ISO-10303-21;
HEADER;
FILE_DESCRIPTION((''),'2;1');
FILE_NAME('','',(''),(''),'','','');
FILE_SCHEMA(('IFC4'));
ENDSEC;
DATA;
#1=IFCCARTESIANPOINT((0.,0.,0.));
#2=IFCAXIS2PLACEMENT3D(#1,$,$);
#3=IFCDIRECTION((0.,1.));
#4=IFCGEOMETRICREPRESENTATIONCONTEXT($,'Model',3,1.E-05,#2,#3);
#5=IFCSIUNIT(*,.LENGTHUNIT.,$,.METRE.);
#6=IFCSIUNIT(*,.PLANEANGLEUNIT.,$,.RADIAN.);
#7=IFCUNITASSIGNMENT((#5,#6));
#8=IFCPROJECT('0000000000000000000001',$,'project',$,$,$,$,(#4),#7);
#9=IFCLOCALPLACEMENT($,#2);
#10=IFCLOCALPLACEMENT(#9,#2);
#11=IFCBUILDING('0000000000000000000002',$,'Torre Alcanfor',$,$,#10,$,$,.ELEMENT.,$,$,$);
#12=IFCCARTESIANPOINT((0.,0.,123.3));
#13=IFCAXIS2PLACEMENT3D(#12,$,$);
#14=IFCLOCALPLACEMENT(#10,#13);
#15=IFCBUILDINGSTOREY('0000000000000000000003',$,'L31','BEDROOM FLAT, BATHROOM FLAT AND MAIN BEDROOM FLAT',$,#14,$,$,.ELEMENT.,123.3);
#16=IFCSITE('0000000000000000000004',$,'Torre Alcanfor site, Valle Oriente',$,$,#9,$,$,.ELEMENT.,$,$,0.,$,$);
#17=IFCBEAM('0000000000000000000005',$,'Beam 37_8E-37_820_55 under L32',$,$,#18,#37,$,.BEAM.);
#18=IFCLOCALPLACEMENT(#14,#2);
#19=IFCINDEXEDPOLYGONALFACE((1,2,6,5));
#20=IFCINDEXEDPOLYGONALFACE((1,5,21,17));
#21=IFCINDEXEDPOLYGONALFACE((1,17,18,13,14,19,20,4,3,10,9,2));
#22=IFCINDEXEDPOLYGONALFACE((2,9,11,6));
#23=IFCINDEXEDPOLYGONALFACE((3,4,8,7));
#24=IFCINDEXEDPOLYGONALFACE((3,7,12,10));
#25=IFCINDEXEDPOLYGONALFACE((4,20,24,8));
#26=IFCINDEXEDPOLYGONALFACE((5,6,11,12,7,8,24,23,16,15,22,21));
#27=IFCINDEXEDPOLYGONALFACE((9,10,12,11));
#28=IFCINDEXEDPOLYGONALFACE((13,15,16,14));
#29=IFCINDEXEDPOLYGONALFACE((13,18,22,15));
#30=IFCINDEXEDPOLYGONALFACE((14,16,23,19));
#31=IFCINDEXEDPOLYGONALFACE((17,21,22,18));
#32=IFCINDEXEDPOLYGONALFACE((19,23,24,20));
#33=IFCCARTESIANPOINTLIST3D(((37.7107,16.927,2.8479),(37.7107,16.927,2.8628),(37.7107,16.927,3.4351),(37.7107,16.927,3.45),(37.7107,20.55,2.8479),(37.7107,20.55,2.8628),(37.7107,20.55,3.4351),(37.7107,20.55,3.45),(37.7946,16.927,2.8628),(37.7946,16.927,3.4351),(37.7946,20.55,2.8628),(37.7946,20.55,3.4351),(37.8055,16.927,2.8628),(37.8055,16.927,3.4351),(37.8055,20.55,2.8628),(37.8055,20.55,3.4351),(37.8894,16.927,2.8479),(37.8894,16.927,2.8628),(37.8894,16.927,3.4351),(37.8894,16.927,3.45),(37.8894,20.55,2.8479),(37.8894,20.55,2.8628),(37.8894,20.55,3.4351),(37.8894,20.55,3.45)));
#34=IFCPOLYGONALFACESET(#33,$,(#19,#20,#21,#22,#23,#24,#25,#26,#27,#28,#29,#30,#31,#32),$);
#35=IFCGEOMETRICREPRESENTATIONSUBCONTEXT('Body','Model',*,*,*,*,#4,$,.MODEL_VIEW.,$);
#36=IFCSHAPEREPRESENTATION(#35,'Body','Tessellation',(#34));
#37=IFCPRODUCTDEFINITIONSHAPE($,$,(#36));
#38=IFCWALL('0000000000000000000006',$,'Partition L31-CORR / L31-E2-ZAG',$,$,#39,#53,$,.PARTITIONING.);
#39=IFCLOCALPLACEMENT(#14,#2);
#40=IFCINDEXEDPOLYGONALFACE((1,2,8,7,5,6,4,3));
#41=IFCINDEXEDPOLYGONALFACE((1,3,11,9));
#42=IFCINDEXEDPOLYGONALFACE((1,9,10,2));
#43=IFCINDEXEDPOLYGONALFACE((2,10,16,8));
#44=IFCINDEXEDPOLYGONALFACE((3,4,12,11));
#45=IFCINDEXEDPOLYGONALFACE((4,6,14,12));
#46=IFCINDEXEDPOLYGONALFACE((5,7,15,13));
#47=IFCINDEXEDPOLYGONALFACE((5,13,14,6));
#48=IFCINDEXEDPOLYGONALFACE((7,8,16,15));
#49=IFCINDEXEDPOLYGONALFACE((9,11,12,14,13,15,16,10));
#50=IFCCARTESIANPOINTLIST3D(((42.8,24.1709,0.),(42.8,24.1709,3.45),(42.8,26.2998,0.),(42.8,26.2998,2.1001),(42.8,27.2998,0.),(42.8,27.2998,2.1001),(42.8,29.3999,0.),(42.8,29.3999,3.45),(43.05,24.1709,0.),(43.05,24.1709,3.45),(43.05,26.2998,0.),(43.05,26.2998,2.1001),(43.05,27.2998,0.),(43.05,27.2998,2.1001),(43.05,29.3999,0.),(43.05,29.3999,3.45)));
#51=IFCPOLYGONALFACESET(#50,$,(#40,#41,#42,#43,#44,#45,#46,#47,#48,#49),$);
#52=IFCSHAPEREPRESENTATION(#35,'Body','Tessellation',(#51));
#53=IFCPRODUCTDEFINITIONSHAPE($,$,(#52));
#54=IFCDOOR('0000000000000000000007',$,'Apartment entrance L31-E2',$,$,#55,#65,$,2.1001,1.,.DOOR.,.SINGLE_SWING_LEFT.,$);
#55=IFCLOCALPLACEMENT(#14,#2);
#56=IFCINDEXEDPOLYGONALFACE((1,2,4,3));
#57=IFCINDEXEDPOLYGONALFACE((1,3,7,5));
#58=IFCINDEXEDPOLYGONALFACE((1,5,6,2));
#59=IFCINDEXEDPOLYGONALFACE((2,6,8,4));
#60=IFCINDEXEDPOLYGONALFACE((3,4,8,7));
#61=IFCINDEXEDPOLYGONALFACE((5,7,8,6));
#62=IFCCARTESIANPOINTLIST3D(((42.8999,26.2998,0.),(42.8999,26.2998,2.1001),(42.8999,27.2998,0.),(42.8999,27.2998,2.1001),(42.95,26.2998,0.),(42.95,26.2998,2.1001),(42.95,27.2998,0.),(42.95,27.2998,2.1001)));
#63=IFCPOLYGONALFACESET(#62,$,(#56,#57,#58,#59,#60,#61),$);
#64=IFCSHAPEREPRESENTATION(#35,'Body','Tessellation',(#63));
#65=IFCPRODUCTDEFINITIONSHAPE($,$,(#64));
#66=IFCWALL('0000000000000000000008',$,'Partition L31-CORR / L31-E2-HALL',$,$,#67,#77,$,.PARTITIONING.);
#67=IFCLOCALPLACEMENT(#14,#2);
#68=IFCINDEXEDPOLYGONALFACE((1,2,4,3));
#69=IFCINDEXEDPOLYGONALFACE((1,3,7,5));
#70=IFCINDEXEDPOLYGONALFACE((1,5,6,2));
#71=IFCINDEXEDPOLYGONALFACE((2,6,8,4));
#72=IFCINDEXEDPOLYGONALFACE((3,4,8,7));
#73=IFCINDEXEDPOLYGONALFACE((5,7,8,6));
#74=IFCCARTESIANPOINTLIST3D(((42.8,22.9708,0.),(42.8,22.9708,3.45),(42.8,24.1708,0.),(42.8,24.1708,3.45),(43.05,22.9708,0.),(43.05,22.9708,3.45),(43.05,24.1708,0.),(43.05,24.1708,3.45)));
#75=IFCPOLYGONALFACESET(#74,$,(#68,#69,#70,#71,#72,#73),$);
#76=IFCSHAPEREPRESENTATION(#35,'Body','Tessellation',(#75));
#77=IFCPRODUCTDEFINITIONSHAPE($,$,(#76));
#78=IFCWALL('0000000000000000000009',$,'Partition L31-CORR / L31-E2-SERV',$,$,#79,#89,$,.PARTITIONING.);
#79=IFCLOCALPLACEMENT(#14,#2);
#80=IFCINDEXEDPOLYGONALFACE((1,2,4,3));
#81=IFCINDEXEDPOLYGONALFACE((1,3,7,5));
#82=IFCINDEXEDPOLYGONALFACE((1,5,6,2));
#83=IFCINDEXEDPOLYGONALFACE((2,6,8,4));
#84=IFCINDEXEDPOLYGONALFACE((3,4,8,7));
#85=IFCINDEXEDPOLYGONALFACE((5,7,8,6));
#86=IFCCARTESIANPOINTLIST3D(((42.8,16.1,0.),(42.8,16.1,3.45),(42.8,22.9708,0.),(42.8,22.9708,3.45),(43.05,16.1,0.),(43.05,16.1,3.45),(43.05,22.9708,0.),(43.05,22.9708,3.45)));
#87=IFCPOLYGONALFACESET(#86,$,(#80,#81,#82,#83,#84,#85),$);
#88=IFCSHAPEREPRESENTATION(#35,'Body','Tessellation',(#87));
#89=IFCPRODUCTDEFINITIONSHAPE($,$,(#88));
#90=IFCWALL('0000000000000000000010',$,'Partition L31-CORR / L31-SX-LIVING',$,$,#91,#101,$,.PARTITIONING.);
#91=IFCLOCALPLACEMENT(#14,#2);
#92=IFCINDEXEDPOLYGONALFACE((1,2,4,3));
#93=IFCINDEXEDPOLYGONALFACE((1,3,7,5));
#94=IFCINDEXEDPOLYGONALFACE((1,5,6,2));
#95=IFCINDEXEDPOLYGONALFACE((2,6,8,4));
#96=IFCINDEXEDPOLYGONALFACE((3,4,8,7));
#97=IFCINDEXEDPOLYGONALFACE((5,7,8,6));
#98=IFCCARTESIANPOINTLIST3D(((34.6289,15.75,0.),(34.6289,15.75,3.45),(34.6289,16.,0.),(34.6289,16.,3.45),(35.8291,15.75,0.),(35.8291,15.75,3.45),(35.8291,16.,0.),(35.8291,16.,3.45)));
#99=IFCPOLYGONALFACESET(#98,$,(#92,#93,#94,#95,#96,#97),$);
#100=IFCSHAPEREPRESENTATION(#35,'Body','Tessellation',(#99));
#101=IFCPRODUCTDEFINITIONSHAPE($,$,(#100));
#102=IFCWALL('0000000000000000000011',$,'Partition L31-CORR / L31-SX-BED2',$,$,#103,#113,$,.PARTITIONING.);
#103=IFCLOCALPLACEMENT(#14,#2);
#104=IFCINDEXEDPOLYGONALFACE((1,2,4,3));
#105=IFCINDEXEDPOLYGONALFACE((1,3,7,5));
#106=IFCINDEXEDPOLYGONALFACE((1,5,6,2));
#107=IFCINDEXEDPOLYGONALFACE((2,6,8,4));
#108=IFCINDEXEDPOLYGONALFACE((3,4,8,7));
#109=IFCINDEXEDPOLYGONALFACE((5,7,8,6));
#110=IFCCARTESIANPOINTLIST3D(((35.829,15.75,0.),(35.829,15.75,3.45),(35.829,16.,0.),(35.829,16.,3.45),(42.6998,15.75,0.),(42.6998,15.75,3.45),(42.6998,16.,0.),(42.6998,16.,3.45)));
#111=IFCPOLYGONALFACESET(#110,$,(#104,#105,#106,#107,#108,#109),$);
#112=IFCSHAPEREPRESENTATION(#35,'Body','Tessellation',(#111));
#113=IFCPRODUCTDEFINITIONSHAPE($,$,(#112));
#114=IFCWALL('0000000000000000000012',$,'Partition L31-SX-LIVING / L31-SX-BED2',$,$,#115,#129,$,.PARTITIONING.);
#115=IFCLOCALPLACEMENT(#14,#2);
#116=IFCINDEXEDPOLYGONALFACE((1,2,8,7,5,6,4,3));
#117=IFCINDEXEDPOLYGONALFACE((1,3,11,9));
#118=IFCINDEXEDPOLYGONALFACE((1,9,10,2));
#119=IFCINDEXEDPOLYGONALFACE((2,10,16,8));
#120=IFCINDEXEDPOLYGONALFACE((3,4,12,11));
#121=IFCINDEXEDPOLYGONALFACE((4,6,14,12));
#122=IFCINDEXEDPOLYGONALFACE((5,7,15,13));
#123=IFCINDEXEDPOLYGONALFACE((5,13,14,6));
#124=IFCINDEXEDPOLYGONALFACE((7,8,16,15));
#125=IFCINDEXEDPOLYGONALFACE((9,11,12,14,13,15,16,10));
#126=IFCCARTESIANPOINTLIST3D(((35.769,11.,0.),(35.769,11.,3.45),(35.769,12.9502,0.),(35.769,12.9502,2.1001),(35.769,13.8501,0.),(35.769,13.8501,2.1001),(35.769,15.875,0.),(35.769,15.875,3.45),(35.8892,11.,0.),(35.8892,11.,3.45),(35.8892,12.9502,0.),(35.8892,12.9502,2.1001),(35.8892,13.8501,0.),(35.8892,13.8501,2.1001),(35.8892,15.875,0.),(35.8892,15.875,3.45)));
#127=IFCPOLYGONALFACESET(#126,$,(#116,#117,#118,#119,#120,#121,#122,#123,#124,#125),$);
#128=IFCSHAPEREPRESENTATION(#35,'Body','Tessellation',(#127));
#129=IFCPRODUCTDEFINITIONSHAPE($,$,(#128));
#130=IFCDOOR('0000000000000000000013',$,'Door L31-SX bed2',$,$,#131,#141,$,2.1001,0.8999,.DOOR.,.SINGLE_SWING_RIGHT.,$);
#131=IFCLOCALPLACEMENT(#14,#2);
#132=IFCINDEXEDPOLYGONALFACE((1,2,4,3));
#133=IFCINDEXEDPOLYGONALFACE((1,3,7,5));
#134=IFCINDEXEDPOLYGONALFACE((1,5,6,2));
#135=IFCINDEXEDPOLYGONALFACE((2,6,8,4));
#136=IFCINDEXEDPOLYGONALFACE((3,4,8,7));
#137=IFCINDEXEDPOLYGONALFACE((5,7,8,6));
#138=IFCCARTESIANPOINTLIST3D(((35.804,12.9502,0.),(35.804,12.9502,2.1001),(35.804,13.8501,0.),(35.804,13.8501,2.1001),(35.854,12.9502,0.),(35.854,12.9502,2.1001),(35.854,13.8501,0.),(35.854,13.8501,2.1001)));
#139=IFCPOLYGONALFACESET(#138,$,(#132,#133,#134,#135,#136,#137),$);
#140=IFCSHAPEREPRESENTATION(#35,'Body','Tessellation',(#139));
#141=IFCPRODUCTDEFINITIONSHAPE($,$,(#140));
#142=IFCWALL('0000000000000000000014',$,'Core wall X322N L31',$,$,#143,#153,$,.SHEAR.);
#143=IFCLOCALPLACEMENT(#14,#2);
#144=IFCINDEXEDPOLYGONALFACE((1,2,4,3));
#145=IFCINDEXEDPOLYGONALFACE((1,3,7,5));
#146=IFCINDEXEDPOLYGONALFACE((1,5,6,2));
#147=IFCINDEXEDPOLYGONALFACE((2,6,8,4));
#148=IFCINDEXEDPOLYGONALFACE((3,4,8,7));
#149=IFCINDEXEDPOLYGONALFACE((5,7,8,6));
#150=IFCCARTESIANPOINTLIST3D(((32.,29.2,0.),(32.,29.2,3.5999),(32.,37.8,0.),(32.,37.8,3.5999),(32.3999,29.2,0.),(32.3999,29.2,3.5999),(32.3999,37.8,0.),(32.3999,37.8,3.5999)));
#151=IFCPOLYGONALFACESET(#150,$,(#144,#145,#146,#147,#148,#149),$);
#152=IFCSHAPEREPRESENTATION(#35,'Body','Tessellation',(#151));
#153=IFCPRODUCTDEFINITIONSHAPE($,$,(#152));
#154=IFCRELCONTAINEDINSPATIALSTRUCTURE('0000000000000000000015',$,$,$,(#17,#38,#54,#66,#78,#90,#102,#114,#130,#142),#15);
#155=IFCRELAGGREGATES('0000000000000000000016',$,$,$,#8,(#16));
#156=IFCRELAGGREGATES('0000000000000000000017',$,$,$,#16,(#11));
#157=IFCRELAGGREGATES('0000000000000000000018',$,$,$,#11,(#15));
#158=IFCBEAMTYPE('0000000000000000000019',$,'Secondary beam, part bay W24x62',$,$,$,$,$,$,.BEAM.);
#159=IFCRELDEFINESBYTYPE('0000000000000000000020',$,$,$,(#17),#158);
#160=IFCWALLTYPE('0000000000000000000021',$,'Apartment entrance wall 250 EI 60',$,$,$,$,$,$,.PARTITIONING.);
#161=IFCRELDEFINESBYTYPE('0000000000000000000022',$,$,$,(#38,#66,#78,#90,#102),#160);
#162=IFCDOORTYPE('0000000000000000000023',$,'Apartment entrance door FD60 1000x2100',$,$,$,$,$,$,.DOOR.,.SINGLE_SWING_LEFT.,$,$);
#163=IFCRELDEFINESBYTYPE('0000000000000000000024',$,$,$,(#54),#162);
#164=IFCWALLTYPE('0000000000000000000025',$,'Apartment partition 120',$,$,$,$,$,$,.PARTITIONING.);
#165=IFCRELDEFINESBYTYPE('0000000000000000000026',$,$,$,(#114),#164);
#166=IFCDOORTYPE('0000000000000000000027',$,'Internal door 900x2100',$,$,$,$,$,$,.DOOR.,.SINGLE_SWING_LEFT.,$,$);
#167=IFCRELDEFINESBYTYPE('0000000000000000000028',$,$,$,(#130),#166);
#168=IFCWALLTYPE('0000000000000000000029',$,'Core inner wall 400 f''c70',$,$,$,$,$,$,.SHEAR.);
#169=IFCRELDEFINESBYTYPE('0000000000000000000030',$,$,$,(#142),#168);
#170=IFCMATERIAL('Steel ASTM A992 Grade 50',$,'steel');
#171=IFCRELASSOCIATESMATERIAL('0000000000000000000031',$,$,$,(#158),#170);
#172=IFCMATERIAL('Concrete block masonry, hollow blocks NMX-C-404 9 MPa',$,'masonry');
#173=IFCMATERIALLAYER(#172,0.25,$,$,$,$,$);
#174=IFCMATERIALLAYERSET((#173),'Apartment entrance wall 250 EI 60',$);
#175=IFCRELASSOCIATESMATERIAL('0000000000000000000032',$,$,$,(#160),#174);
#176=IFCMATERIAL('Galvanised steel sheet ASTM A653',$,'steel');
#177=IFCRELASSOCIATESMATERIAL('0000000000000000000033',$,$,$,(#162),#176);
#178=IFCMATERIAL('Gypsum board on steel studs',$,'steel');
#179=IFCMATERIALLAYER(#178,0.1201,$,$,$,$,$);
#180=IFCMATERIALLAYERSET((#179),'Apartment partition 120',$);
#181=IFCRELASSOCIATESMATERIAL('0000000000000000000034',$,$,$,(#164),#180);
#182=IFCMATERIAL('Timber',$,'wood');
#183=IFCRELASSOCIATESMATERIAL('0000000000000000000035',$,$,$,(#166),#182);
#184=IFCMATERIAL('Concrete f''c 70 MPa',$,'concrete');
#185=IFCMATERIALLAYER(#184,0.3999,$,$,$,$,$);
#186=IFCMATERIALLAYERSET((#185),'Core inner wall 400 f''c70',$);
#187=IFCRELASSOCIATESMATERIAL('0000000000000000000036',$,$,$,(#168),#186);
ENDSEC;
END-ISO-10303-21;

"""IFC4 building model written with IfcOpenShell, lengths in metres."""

from ifc_helpers import new_model, si_unit, direction, frame, frame_2d, origin, origin_2d, place, context, subcontext, project, spatial, rectangle, i_section, extrude, material, layer, layer_set, material_profile, profile_set, type_object, element, fill, save


model = new_model("IFC4")

# Units and contexts
model_context = context("Model", 3, precision=1e-05, world=origin(), true_north=direction((0.0, 1.0)))
body_context = subcontext(model_context, "Body", "Model", "MODEL_VIEW")
ifc_project = project(units=[si_unit("LENGTHUNIT", "METRE"), si_unit("PLANEANGLEUNIT", "RADIAN")], contexts=[model_context])

# Site, building, storey
site_placement = place(None, origin())
site = spatial("IfcSite", under=ifc_project, at=site_placement, Name="Torre Alcanfor site, Valle Oriente", CompositionType="ELEMENT", RefElevation=0.0)
building_placement = place(site_placement, origin())
building = spatial("IfcBuilding", under=site, at=building_placement, Name="Torre Alcanfor", CompositionType="ELEMENT")
storey_placement = place(building_placement, frame((0.0, 0.0, 123.3)))
storey = spatial("IfcBuildingStorey", under=building, at=storey_placement, Name="L31", Description="BEDROOM FLAT, BATHROOM FLAT AND MAIN BEDROOM FLAT", CompositionType="ELEMENT", Elevation=123.3)

# Beam
ifc_material_1 = material(Name="Steel ASTM A992 Grade 50", Category="steel")
ifc_material_profile_1 = material_profile(ifc_material_1, i_section(OverallWidth=0.1787, OverallDepth=0.6021, WebThickness=0.011, FlangeThickness=0.0149, at=origin_2d()), Name="W24x62")
ifc_profile_set_1 = profile_set([ifc_material_profile_1], Name="Steel ASTM A992 Grade 50")
beam_type_1 = type_object("IfcBeamType", Name="Secondary beam, part bay W24x62", PredefinedType="BEAM", material=ifc_profile_set_1)
beam_1_placement = place(storey_placement, frame((37.8, 16.927, 3.1489), z_axis=(0.0, 1.0, 0.0), x_axis=(-1.0, 0.0, 0.0)))
element("IfcBeam", 1, at=beam_1_placement, inside=storey, type_object=beam_type_1, Name="Beam 37_8E-37_820_55 under L32", PredefinedType="BEAM", context=body_context, shape_type="SweptSolid", body=[
    extrude(i_section(OverallWidth=0.1787, OverallDepth=0.6021, WebThickness=0.011, FlangeThickness=0.0149, at=origin_2d()), origin(), (0.0, 0.0, 1.0), 3.623),
])

# Wall, opening, door
ifc_material_2 = material(Name="Concrete block masonry, hollow blocks NMX-C-404 9 MPa", Category="masonry")
ifc_layer_1 = layer(ifc_material_2, 0.25)
ifc_layer_set_1 = layer_set([ifc_layer_1], Name="Apartment entrance wall 250 EI 60")
wall_type_1 = type_object("IfcWallType", Name="Apartment entrance wall 250 EI 60", PredefinedType="PARTITIONING", material=ifc_layer_set_1)
wall_1_placement = place(storey_placement, frame((42.925, 29.3999, 0.0), z_axis=(0.0, 0.0, 1.0), x_axis=(0.0, -1.0, 0.0)))
wall_1 = element("IfcWall", 2, at=wall_1_placement, inside=storey, type_object=wall_type_1, Name="Partition L31-CORR / L31-E2-ZAG", PredefinedType="PARTITIONING", context=body_context, shape_type="SweptSolid", body=[
    extrude(rectangle(XDim=5.229, YDim=0.25, at=frame_2d((2.6145, 0.0))), origin(), (0.0, 0.0, 1.0), 3.45),
])
opening_1_placement = place(wall_1_placement, frame((2.1001, 0.0, 0.0)))
opening_1 = element("IfcOpeningElement", 3, at=opening_1_placement, cuts=wall_1, PredefinedType="OPENING", context=body_context, shape_type="SweptSolid", body=[
    extrude(rectangle(XDim=1.0, YDim=2.1001, at=frame_2d((0.5, 1.05))), frame((0.0, 0.135, 0.0), z_axis=(0.0, -1.0, 0.0), x_axis=(1.0, 0.0, 0.0)), (0.0, 0.0, 1.0), 0.27),
])
ifc_material_3 = material(Name="Galvanised steel sheet ASTM A653", Category="steel")
door_type_1 = type_object("IfcDoorType", Name="Apartment entrance door FD60 1000x2100", OperationType="SINGLE_SWING_LEFT", PredefinedType="DOOR", material=ifc_material_3)
door_1_placement = place(opening_1_placement, origin())
door_1 = element("IfcDoor", 4, at=door_1_placement, inside=storey, type_object=door_type_1, Name="Apartment entrance L31-E2", OperationType="SINGLE_SWING_LEFT", OverallHeight=2.1001, OverallWidth=1.0, PredefinedType="DOOR", context=body_context, shape_type="SweptSolid", body=[
    extrude(rectangle(XDim=1.0, YDim=2.1001, at=frame_2d((0.5, 1.05))), frame((0.0, 0.0249, 0.0), z_axis=(0.0, -1.0, 0.0), x_axis=(1.0, 0.0, 0.0)), (0.0, 0.0, 1.0), 0.05),
])
fill(opening_1, door_1)

# Walls
wall_2_placement = place(storey_placement, frame((42.925, 24.1709, 0.0), z_axis=(0.0, 0.0, 1.0), x_axis=(0.0, -1.0, 0.0)))
element("IfcWall", 5, at=wall_2_placement, inside=storey, type_object=wall_type_1, Name="Partition L31-CORR / L31-E2-HALL", PredefinedType="PARTITIONING", context=body_context, shape_type="SweptSolid", body=[
    extrude(rectangle(XDim=1.2, YDim=0.25, at=frame_2d((0.6001, 0.0))), origin(), (0.0, 0.0, 1.0), 3.45),
])
wall_3_placement = place(storey_placement, frame((42.925, 22.9709, 0.0), z_axis=(0.0, 0.0, 1.0), x_axis=(0.0, -1.0, 0.0)))
element("IfcWall", 6, at=wall_3_placement, inside=storey, type_object=wall_type_1, Name="Partition L31-CORR / L31-E2-SERV", PredefinedType="PARTITIONING", context=body_context, shape_type="SweptSolid", body=[
    extrude(rectangle(XDim=6.8708, YDim=0.25, at=frame_2d((3.4355, 0.0))), origin(), (0.0, 0.0, 1.0), 3.45),
])
wall_4_placement = place(storey_placement, frame((35.8291, 15.875, 0.0), z_axis=(0.0, 0.0, 1.0), x_axis=(-1.0, 0.0, 0.0)))
element("IfcWall", 7, at=wall_4_placement, inside=storey, type_object=wall_type_1, Name="Partition L31-CORR / L31-SX-LIVING", PredefinedType="PARTITIONING", context=body_context, shape_type="SweptSolid", body=[
    extrude(rectangle(XDim=1.2002, YDim=0.25, at=frame_2d((0.6001, 0.0))), origin(), (0.0, 0.0, 1.0), 3.45),
])
wall_5_placement = place(storey_placement, frame((42.7, 15.875, 0.0), z_axis=(0.0, 0.0, 1.0), x_axis=(-1.0, 0.0, 0.0)))
element("IfcWall", 8, at=wall_5_placement, inside=storey, type_object=wall_type_1, Name="Partition L31-CORR / L31-SX-BED2", PredefinedType="PARTITIONING", context=body_context, shape_type="SweptSolid", body=[
    extrude(rectangle(XDim=6.8708, YDim=0.25, at=frame_2d((3.4355, 0.0))), origin(), (0.0, 0.0, 1.0), 3.45),
])

# Wall, opening, door
ifc_material_4 = material(Name="Gypsum board on steel studs", Category="steel")
ifc_layer_2 = layer(ifc_material_4, 0.1201)
ifc_layer_set_2 = layer_set([ifc_layer_2], Name="Apartment partition 120")
wall_type_2 = type_object("IfcWallType", Name="Apartment partition 120", PredefinedType="PARTITIONING", material=ifc_layer_set_2)
wall_6_placement = place(storey_placement, frame((35.8291, 15.875, 0.0), z_axis=(0.0, 0.0, 1.0), x_axis=(0.0, -1.0, 0.0)))
wall_6 = element("IfcWall", 9, at=wall_6_placement, inside=storey, type_object=wall_type_2, Name="Partition L31-SX-LIVING / L31-SX-BED2", PredefinedType="PARTITIONING", context=body_context, shape_type="SweptSolid", body=[
    extrude(rectangle(XDim=4.875, YDim=0.1201, at=frame_2d((2.4375, 0.0))), origin(), (0.0, 0.0, 1.0), 3.45),
])
opening_2_placement = place(wall_6_placement, frame((2.0249, 0.0, 0.0)))
opening_2 = element("IfcOpeningElement", 10, at=opening_2_placement, cuts=wall_6, PredefinedType="OPENING", context=body_context, shape_type="SweptSolid", body=[
    extrude(rectangle(XDim=0.8999, YDim=2.1001, at=frame_2d((0.45, 1.05))), frame((0.0, 0.0701, 0.0), z_axis=(0.0, -1.0, 0.0), x_axis=(1.0, 0.0, 0.0)), (0.0, 0.0, 1.0), 0.1401),
])
ifc_material_5 = material(Name="Timber", Category="wood")
door_type_2 = type_object("IfcDoorType", Name="Internal door 900x2100", OperationType="SINGLE_SWING_LEFT", PredefinedType="DOOR", material=ifc_material_5)
door_2_placement = place(opening_2_placement, origin())
door_2 = element("IfcDoor", 11, at=door_2_placement, inside=storey, type_object=door_type_2, Name="Door L31-SX bed2", OperationType="SINGLE_SWING_RIGHT", OverallHeight=2.1001, OverallWidth=0.8999, PredefinedType="DOOR", context=body_context, shape_type="SweptSolid", body=[
    extrude(rectangle(XDim=0.8999, YDim=2.1001, at=frame_2d((0.45, 1.05))), frame((0.0, 0.0249, 0.0), z_axis=(0.0, -1.0, 0.0), x_axis=(1.0, 0.0, 0.0)), (0.0, 0.0, 1.0), 0.05),
])
fill(opening_2, door_2)

# Wall
ifc_material_6 = material(Name="Concrete f'c 70 MPa", Category="concrete")
ifc_layer_3 = layer(ifc_material_6, 0.3999)
ifc_layer_set_3 = layer_set([ifc_layer_3], Name="Core inner wall 400 f'c70")
wall_type_3 = type_object("IfcWallType", Name="Core inner wall 400 f'c70", PredefinedType="SHEAR", material=ifc_layer_set_3)
wall_7_placement = place(storey_placement, frame((32.2, 29.2, 0.0), z_axis=(0.0, 0.0, 1.0), x_axis=(0.0, 1.0, 0.0)))
element("IfcWall", 12, at=wall_7_placement, inside=storey, type_object=wall_type_3, Name="Core wall X322N L31", PredefinedType="SHEAR", context=body_context, shape_type="SweptSolid", body=[
    extrude(rectangle(XDim=8.6001, YDim=0.3999, at=frame_2d((4.3, 0.0))), origin(), (0.0, 0.0, 1.0), 3.5999),
])

save(model, "model.ifc")
